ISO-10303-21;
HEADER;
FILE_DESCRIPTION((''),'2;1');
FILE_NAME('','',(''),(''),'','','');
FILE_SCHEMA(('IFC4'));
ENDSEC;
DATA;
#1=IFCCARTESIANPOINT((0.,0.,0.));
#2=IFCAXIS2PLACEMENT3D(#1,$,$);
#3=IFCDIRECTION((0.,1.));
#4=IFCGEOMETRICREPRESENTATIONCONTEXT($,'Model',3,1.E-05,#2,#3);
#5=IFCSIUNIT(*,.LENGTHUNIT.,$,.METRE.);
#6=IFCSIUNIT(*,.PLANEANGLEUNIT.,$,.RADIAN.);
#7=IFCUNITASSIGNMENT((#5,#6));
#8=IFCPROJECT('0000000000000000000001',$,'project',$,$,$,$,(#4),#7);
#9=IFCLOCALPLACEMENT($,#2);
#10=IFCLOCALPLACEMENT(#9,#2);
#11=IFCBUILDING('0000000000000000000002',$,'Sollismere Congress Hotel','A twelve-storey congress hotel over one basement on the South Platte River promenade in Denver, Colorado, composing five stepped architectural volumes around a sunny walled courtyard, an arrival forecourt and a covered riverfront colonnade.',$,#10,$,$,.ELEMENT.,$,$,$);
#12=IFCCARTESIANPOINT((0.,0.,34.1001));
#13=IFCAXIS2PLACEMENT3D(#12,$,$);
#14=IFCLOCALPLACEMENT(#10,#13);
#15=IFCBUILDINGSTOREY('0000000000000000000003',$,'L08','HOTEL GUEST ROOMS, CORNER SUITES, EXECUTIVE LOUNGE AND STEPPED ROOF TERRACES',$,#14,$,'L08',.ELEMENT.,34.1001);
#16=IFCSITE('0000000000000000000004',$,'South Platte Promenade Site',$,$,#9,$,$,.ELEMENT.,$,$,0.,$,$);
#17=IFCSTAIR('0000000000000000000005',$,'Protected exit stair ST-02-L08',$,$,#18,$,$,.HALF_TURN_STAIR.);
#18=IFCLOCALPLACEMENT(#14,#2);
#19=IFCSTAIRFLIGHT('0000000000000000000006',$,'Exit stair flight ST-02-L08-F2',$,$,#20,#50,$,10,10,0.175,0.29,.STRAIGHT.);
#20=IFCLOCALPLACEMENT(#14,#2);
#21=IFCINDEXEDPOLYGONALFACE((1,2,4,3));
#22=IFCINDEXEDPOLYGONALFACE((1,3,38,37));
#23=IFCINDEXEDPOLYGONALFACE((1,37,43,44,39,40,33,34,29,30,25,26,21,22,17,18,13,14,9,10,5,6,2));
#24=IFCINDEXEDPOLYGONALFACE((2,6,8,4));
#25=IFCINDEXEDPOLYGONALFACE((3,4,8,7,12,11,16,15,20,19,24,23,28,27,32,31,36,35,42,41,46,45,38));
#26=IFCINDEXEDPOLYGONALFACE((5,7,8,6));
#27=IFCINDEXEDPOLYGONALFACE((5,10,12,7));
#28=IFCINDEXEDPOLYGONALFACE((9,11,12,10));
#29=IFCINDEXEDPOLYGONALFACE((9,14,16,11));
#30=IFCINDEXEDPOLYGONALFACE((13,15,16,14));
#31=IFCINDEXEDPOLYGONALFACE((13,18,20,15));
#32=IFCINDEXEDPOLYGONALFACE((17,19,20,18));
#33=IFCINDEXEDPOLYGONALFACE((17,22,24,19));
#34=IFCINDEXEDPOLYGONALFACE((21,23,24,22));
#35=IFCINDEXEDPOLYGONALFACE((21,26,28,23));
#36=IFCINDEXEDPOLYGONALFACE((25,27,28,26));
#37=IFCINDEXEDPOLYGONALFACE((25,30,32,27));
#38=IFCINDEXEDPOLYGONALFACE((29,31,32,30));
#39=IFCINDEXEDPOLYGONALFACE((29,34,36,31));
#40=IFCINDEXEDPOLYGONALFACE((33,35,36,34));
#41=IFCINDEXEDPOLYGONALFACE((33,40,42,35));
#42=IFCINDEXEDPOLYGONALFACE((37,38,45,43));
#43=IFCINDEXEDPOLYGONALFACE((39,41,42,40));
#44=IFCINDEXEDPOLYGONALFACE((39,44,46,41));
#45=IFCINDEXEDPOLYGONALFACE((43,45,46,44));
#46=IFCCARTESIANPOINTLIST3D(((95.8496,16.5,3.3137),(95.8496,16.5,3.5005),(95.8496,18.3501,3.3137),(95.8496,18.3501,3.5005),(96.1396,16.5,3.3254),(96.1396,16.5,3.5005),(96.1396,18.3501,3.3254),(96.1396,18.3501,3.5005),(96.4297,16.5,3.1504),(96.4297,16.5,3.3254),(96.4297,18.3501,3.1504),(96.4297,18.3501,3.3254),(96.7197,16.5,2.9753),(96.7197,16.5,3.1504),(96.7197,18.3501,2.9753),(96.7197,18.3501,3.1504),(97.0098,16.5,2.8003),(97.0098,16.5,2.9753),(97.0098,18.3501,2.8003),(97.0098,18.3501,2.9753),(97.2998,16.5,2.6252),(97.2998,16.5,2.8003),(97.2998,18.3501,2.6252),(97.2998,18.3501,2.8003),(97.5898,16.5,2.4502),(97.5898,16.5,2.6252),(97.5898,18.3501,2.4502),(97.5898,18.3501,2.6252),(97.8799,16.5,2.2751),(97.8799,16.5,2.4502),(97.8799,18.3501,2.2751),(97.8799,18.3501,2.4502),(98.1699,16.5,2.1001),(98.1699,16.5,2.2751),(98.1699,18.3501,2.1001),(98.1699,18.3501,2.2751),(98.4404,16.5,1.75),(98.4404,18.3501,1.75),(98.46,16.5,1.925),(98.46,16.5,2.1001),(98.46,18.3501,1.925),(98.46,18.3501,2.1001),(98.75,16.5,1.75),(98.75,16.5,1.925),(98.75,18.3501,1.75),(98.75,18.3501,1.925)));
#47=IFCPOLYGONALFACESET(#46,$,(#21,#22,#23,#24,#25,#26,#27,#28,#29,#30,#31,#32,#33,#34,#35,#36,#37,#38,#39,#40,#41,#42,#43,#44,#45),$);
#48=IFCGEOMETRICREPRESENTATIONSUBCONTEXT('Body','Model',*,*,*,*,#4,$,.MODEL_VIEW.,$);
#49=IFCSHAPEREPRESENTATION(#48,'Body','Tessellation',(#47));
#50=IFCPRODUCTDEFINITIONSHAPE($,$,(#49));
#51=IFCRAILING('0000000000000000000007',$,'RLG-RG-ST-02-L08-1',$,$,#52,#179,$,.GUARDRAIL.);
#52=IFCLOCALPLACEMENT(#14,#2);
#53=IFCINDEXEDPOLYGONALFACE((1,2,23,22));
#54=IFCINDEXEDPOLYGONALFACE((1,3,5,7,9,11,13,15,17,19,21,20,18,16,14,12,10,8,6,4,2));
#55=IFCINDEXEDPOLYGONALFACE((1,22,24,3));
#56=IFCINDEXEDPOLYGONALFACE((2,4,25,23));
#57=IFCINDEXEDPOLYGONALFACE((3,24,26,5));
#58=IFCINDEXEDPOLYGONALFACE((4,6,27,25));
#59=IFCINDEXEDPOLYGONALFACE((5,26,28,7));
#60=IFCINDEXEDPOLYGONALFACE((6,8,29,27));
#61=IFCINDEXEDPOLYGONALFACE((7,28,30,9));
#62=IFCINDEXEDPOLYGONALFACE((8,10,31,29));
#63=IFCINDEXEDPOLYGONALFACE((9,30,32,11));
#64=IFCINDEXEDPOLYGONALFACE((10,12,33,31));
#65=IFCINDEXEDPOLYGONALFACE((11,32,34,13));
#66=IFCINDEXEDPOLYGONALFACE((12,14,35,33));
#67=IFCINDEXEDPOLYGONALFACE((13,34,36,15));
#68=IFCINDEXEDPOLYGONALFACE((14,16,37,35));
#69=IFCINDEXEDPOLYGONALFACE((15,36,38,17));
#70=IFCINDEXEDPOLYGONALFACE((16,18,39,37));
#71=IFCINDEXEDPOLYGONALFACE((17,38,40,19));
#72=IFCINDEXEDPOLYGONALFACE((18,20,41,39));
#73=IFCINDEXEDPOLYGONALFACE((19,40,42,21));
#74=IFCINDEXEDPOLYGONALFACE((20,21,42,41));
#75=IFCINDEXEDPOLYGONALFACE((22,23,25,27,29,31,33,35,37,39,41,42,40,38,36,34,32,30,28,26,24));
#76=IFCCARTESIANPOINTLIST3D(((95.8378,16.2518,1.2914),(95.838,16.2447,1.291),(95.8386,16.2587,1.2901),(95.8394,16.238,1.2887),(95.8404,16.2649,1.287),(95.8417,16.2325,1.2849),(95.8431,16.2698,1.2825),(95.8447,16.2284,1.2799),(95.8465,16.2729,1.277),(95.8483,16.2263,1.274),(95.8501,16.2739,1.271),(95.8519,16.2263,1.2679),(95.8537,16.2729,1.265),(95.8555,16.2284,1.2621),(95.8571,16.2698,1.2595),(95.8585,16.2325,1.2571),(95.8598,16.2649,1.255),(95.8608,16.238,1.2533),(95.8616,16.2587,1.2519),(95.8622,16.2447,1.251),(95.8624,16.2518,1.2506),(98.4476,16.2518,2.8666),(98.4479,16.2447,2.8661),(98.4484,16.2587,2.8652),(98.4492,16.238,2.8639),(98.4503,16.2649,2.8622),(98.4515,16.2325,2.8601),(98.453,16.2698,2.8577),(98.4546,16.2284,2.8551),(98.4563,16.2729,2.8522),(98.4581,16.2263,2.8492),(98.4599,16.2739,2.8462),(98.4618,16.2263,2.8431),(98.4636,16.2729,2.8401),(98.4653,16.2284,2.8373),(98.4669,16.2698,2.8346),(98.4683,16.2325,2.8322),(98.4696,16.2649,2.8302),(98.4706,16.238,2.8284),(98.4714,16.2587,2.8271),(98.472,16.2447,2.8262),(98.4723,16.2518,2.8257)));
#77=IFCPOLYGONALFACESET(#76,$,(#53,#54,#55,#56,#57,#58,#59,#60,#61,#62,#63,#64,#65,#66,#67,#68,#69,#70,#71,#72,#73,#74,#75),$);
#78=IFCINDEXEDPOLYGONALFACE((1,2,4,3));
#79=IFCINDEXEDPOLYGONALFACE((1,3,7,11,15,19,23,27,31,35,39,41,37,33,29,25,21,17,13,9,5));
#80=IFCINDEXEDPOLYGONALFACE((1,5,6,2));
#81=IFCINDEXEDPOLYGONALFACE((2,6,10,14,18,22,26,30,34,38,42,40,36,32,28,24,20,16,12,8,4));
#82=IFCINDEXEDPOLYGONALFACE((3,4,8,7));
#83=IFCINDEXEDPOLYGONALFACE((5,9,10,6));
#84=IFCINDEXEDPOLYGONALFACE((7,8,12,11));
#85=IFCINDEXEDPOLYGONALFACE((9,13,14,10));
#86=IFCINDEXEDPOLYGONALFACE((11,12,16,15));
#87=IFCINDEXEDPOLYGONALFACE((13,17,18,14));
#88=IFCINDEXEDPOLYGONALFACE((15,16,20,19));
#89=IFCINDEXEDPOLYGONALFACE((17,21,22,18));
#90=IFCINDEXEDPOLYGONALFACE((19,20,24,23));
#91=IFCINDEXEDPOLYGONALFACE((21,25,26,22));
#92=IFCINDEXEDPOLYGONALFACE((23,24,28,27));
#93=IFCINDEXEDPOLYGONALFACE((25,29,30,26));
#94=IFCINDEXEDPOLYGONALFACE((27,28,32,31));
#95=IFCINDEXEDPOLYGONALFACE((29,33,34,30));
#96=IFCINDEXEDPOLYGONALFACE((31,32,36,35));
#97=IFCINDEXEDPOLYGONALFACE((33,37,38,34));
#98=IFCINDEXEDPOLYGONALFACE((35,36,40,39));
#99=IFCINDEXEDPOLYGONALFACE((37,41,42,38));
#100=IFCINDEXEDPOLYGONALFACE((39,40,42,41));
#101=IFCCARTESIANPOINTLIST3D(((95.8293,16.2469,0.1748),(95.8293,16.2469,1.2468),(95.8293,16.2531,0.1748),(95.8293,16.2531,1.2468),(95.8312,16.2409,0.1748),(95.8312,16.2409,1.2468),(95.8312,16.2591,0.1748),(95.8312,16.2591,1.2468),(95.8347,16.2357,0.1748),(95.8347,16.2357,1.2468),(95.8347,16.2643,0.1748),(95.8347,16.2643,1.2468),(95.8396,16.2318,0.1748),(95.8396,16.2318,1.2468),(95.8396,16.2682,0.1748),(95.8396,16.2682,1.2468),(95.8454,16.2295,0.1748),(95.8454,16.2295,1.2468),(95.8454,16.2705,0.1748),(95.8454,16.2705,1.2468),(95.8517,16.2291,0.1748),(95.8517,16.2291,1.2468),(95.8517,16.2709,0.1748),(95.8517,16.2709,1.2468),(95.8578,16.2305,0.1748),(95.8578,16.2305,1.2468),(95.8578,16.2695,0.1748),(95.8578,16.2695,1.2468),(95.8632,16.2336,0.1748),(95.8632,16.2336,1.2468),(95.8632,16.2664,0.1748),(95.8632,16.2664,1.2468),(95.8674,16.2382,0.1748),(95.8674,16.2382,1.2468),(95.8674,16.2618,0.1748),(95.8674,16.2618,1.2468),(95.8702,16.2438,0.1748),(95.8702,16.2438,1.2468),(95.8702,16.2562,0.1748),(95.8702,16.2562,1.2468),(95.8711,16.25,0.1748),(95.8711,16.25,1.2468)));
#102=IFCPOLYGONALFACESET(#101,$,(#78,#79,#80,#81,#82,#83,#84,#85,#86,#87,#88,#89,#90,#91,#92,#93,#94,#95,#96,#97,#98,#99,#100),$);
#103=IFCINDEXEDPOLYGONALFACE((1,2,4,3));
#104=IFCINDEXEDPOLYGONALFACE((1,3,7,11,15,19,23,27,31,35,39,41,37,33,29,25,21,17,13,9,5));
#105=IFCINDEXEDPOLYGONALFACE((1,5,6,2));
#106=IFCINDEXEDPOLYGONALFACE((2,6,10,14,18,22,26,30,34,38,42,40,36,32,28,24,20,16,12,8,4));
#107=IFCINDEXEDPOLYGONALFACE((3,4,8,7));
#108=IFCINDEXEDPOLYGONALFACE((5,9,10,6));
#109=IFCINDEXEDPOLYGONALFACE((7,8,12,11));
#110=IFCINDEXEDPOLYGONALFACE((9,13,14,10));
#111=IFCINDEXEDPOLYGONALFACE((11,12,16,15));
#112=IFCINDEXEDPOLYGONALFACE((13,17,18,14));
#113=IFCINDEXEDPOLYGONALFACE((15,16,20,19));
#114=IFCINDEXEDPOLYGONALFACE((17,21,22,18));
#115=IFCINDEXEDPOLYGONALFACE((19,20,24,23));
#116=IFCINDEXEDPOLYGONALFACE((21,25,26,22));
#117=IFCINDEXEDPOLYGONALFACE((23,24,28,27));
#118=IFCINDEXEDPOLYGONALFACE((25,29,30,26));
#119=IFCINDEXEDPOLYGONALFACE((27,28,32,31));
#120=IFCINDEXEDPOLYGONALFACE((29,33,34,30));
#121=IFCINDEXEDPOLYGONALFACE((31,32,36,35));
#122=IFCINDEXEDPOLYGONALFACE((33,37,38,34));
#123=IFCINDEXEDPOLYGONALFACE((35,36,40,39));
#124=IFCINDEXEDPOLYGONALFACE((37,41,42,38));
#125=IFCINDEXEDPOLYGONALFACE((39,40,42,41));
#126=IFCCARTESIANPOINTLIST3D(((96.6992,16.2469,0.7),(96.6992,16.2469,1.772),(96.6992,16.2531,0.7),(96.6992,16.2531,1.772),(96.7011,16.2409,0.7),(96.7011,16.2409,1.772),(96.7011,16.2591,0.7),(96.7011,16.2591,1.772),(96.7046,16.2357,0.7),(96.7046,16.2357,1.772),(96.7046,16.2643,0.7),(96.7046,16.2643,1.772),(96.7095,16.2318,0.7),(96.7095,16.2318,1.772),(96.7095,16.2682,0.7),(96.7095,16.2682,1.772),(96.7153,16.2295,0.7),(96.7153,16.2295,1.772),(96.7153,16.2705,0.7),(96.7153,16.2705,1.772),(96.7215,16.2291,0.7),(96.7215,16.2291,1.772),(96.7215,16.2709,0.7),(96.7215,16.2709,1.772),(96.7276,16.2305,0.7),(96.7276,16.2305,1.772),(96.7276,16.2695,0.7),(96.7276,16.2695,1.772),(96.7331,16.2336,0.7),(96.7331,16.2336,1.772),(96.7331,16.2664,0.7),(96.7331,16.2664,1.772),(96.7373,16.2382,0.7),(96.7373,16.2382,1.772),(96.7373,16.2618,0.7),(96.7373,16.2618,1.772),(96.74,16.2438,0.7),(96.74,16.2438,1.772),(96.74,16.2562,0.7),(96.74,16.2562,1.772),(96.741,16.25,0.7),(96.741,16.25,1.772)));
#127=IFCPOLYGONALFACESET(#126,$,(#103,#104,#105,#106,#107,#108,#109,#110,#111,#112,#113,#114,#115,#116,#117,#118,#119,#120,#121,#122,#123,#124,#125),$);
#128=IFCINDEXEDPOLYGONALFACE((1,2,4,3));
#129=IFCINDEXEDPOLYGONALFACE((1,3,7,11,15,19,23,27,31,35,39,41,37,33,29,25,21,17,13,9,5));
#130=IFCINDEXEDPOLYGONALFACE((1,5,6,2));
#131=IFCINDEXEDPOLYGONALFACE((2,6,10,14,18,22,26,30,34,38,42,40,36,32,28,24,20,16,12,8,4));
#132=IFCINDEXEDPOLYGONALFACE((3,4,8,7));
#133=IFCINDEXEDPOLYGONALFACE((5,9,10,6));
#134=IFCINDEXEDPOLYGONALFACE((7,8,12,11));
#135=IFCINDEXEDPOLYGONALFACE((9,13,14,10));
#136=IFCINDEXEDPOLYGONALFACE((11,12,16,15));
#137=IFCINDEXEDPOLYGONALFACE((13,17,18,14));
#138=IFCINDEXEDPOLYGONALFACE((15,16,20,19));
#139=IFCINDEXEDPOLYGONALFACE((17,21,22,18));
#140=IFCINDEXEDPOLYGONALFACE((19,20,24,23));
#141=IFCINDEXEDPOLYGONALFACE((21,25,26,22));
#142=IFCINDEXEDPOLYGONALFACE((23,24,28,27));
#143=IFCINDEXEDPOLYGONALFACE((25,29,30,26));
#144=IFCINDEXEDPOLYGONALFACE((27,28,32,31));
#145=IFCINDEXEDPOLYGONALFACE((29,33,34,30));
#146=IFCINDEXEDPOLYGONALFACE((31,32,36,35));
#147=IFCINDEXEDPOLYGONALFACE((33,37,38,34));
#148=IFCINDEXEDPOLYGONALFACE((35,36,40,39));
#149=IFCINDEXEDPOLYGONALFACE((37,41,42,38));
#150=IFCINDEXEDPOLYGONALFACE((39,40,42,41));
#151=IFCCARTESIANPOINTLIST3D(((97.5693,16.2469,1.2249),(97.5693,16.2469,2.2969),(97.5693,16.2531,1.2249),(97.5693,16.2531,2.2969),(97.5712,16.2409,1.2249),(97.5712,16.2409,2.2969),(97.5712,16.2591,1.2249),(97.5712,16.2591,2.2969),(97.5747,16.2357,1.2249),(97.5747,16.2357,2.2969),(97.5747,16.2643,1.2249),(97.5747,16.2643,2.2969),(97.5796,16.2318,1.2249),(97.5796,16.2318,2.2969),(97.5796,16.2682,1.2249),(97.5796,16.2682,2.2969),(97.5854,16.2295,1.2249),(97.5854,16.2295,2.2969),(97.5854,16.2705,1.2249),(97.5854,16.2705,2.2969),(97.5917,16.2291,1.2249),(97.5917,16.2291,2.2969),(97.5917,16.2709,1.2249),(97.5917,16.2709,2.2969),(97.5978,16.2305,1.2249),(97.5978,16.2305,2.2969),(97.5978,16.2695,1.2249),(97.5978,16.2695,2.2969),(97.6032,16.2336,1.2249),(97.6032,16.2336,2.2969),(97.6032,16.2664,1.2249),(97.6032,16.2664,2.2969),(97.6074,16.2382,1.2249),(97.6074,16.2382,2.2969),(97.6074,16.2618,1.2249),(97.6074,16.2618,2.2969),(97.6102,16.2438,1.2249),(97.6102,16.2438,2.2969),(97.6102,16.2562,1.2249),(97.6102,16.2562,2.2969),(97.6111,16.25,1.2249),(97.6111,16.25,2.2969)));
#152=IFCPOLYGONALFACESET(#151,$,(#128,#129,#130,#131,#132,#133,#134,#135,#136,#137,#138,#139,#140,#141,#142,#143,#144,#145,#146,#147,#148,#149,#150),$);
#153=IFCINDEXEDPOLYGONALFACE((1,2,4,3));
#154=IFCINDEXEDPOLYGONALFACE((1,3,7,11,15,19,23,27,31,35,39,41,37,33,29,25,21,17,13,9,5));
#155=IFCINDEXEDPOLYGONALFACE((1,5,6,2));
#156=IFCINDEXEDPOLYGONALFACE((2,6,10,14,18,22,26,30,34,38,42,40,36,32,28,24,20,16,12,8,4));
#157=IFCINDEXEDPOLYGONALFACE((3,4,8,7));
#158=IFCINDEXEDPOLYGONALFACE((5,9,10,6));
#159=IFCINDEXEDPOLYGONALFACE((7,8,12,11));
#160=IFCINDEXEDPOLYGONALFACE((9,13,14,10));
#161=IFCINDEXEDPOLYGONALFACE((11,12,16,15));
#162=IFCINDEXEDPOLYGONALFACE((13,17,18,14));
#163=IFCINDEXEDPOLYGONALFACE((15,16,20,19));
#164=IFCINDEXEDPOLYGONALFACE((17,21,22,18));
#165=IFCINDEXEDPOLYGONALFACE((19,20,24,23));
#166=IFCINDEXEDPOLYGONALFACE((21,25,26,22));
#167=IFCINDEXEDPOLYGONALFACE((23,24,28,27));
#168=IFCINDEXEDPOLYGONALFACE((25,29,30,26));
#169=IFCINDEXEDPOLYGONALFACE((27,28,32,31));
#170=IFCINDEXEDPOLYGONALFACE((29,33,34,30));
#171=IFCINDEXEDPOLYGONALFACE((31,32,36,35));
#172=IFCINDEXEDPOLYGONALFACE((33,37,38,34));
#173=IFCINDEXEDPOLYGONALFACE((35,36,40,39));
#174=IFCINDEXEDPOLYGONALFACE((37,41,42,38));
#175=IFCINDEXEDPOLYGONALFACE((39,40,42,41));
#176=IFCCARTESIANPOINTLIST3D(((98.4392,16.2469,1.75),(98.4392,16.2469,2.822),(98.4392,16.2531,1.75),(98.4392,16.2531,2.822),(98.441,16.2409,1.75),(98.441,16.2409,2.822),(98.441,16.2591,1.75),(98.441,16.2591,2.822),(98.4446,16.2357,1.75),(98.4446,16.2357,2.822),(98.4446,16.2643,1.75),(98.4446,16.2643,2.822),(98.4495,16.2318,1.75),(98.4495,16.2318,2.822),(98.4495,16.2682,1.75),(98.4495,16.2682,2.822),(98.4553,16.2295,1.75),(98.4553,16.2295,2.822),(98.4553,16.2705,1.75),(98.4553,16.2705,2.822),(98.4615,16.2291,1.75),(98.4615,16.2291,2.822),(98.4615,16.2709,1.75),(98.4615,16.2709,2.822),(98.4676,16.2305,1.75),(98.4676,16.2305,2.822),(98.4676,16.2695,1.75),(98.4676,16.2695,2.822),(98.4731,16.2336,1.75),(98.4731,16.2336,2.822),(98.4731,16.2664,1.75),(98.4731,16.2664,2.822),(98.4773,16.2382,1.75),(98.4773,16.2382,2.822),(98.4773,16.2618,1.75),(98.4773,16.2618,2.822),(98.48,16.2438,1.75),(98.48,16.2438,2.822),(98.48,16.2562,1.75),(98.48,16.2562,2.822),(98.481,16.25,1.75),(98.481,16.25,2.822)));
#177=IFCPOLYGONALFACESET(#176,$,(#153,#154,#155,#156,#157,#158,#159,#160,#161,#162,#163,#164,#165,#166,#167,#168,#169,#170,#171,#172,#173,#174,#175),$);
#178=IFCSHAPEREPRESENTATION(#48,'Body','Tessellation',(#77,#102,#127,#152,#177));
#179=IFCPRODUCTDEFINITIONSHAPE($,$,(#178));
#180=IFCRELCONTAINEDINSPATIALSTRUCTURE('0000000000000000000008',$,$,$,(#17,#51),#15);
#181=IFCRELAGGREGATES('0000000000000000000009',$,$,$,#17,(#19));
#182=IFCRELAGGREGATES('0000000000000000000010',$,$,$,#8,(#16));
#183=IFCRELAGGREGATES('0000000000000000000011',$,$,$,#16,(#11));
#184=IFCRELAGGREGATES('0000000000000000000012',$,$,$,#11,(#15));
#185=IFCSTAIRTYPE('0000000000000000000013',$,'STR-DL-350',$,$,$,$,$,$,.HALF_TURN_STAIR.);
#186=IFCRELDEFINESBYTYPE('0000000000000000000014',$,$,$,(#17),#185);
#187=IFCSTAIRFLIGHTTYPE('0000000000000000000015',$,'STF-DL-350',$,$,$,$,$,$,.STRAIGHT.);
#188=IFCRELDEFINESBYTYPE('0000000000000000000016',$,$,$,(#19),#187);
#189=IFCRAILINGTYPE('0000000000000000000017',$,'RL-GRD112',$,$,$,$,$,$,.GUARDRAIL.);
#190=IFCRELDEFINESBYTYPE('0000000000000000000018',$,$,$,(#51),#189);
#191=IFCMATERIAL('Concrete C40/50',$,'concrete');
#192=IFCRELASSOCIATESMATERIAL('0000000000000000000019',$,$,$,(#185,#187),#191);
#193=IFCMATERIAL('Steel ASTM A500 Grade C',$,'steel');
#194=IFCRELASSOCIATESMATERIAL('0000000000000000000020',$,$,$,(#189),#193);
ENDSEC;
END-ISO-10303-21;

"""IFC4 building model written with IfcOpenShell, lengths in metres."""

from ifc_helpers import new_model, si_unit, direction, frame, origin, origin_2d, place, context, subcontext, project, spatial, polyline, circle, outline, extrude, material, type_object, element, aggregate, save


model = new_model("IFC4")

# Units and contexts
model_context = context("Model", 3, precision=1e-05, world=origin(), true_north=direction((0.0, 1.0)))
body_context = subcontext(model_context, "Body", "Model", "MODEL_VIEW")
ifc_project = project(units=[si_unit("LENGTHUNIT", "METRE"), si_unit("PLANEANGLEUNIT", "RADIAN")], contexts=[model_context])

# Site, building, storey
site_placement = place(None, origin())
site = spatial("IfcSite", under=ifc_project, at=site_placement, Name="South Platte Promenade Site", CompositionType="ELEMENT", RefElevation=0.0)
building_placement = place(site_placement, origin())
building = spatial("IfcBuilding", under=site, at=building_placement, Name="Sollismere Congress Hotel", Description="A twelve-storey congress hotel over one basement on the South Platte River promenade in Denver, Colorado, composing five stepped architectural volumes around a sunny walled courtyard, an arrival forecourt and a covered riverfront colonnade.", CompositionType="ELEMENT")
storey_placement = place(building_placement, frame((0.0, 0.0, 34.1001)))
storey = spatial("IfcBuildingStorey", under=building, at=storey_placement, Name="L08", Description="HOTEL GUEST ROOMS, CORNER SUITES, EXECUTIVE LOUNGE AND STEPPED ROOF TERRACES", LongName="L08", CompositionType="ELEMENT", Elevation=34.1001)

# Shared definitions
ifc_material_1 = material(Name="Steel ASTM A500 Grade C", Category="steel")

# Stair, stair flight
ifc_material_2 = material(Name="Concrete C40/50", Category="concrete")
stair_type = type_object("IfcStairType", Name="STR-DL-350", PredefinedType="HALF_TURN_STAIR", material=ifc_material_2)
stair_placement = place(storey_placement, origin())
stair = element("IfcStair", 1, at=stair_placement, inside=storey, type_object=stair_type, Name="Protected exit stair ST-02-L08", PredefinedType="HALF_TURN_STAIR")
stair_flight_type = type_object("IfcStairFlightType", Name="STF-DL-350", PredefinedType="STRAIGHT", material=ifc_material_2)
stair_flight_1_placement = place(storey_placement, frame((98.75, 17.425, 1.75), z_axis=(0.0, 0.0, 1.0), x_axis=(-1.0, 0.0, 0.0)))
stair_flight_1 = element("IfcStairFlight", 2, at=stair_flight_1_placement, type_object=stair_flight_type, Name="Exit stair flight ST-02-L08-F2", NumberOfRisers=10, NumberOfTreads=10, PredefinedType="STRAIGHT", RiserHeight=0.175, TreadLength=0.29, context=body_context, shape_type="SweptSolid", body=[
    extrude(outline(polyline([(0.0, 0.0), (0.0, 0.175), (0.29, 0.175), (0.29, 0.3501), (0.5801, 0.3501), (0.5801, 0.5251), (0.8701, 0.5251), (0.8701, 0.7002), (1.1602, 0.7002), (1.1602, 0.8752), (1.4502, 0.8752), (1.4502, 1.0503), (1.7402, 1.0503), (1.7402, 1.2253), (2.0303, 1.2253), (2.0303, 1.4004), (2.3203, 1.4004), (2.3203, 1.5754), (2.6104, 1.5754), (2.6104, 1.7505), (2.9004, 1.7505), (2.9004, 1.5637), (0.3096, 0.0), (0.0, 0.0)])), frame((0.0, 0.925, 0.0), z_axis=(0.0, -1.0, 0.0), x_axis=(1.0, 0.0, 0.0)), (0.0, 0.0, 1.0), 1.8501),
])
aggregate(stair, [stair_flight_1])

# Railing
railing_type_1 = type_object("IfcRailingType", Name="RL-GRD112", PredefinedType="GUARDRAIL", material=ifc_material_1)
railing_1_placement = place(storey_placement, frame((95.8501, 16.25, 0.1748)))
element("IfcRailing", 3, at=railing_1_placement, inside=storey, type_object=railing_type_1, Name="RLG-RG-ST-02-L08-1", PredefinedType="GUARDRAIL", context=body_context, shape_type="SweptSolid", body=[
    extrude(circle(Radius=0.0239, at=origin_2d()), frame((0.0, 0.0, 1.0962), z_axis=(0.856147, 0.0, 0.516732), x_axis=(0.0, 1.0, 0.0)), (0.0, 0.0, 1.0), 3.0483),
    extrude(circle(Radius=0.021, at=origin_2d()), origin(), (0.0, 0.0, 1.0), 1.072),
    extrude(circle(Radius=0.021, at=origin_2d()), frame((0.8699, 0.0, 0.5251)), (0.0, 0.0, 1.0), 1.072),
    extrude(circle(Radius=0.021, at=origin_2d()), frame((1.74, 0.0, 1.05)), (0.0, 0.0, 1.0), 1.072),
    extrude(circle(Radius=0.021, at=origin_2d()), frame((2.6099, 0.0, 1.5752)), (0.0, 0.0, 1.0), 1.072),
])

save(model, "model.ifc")
